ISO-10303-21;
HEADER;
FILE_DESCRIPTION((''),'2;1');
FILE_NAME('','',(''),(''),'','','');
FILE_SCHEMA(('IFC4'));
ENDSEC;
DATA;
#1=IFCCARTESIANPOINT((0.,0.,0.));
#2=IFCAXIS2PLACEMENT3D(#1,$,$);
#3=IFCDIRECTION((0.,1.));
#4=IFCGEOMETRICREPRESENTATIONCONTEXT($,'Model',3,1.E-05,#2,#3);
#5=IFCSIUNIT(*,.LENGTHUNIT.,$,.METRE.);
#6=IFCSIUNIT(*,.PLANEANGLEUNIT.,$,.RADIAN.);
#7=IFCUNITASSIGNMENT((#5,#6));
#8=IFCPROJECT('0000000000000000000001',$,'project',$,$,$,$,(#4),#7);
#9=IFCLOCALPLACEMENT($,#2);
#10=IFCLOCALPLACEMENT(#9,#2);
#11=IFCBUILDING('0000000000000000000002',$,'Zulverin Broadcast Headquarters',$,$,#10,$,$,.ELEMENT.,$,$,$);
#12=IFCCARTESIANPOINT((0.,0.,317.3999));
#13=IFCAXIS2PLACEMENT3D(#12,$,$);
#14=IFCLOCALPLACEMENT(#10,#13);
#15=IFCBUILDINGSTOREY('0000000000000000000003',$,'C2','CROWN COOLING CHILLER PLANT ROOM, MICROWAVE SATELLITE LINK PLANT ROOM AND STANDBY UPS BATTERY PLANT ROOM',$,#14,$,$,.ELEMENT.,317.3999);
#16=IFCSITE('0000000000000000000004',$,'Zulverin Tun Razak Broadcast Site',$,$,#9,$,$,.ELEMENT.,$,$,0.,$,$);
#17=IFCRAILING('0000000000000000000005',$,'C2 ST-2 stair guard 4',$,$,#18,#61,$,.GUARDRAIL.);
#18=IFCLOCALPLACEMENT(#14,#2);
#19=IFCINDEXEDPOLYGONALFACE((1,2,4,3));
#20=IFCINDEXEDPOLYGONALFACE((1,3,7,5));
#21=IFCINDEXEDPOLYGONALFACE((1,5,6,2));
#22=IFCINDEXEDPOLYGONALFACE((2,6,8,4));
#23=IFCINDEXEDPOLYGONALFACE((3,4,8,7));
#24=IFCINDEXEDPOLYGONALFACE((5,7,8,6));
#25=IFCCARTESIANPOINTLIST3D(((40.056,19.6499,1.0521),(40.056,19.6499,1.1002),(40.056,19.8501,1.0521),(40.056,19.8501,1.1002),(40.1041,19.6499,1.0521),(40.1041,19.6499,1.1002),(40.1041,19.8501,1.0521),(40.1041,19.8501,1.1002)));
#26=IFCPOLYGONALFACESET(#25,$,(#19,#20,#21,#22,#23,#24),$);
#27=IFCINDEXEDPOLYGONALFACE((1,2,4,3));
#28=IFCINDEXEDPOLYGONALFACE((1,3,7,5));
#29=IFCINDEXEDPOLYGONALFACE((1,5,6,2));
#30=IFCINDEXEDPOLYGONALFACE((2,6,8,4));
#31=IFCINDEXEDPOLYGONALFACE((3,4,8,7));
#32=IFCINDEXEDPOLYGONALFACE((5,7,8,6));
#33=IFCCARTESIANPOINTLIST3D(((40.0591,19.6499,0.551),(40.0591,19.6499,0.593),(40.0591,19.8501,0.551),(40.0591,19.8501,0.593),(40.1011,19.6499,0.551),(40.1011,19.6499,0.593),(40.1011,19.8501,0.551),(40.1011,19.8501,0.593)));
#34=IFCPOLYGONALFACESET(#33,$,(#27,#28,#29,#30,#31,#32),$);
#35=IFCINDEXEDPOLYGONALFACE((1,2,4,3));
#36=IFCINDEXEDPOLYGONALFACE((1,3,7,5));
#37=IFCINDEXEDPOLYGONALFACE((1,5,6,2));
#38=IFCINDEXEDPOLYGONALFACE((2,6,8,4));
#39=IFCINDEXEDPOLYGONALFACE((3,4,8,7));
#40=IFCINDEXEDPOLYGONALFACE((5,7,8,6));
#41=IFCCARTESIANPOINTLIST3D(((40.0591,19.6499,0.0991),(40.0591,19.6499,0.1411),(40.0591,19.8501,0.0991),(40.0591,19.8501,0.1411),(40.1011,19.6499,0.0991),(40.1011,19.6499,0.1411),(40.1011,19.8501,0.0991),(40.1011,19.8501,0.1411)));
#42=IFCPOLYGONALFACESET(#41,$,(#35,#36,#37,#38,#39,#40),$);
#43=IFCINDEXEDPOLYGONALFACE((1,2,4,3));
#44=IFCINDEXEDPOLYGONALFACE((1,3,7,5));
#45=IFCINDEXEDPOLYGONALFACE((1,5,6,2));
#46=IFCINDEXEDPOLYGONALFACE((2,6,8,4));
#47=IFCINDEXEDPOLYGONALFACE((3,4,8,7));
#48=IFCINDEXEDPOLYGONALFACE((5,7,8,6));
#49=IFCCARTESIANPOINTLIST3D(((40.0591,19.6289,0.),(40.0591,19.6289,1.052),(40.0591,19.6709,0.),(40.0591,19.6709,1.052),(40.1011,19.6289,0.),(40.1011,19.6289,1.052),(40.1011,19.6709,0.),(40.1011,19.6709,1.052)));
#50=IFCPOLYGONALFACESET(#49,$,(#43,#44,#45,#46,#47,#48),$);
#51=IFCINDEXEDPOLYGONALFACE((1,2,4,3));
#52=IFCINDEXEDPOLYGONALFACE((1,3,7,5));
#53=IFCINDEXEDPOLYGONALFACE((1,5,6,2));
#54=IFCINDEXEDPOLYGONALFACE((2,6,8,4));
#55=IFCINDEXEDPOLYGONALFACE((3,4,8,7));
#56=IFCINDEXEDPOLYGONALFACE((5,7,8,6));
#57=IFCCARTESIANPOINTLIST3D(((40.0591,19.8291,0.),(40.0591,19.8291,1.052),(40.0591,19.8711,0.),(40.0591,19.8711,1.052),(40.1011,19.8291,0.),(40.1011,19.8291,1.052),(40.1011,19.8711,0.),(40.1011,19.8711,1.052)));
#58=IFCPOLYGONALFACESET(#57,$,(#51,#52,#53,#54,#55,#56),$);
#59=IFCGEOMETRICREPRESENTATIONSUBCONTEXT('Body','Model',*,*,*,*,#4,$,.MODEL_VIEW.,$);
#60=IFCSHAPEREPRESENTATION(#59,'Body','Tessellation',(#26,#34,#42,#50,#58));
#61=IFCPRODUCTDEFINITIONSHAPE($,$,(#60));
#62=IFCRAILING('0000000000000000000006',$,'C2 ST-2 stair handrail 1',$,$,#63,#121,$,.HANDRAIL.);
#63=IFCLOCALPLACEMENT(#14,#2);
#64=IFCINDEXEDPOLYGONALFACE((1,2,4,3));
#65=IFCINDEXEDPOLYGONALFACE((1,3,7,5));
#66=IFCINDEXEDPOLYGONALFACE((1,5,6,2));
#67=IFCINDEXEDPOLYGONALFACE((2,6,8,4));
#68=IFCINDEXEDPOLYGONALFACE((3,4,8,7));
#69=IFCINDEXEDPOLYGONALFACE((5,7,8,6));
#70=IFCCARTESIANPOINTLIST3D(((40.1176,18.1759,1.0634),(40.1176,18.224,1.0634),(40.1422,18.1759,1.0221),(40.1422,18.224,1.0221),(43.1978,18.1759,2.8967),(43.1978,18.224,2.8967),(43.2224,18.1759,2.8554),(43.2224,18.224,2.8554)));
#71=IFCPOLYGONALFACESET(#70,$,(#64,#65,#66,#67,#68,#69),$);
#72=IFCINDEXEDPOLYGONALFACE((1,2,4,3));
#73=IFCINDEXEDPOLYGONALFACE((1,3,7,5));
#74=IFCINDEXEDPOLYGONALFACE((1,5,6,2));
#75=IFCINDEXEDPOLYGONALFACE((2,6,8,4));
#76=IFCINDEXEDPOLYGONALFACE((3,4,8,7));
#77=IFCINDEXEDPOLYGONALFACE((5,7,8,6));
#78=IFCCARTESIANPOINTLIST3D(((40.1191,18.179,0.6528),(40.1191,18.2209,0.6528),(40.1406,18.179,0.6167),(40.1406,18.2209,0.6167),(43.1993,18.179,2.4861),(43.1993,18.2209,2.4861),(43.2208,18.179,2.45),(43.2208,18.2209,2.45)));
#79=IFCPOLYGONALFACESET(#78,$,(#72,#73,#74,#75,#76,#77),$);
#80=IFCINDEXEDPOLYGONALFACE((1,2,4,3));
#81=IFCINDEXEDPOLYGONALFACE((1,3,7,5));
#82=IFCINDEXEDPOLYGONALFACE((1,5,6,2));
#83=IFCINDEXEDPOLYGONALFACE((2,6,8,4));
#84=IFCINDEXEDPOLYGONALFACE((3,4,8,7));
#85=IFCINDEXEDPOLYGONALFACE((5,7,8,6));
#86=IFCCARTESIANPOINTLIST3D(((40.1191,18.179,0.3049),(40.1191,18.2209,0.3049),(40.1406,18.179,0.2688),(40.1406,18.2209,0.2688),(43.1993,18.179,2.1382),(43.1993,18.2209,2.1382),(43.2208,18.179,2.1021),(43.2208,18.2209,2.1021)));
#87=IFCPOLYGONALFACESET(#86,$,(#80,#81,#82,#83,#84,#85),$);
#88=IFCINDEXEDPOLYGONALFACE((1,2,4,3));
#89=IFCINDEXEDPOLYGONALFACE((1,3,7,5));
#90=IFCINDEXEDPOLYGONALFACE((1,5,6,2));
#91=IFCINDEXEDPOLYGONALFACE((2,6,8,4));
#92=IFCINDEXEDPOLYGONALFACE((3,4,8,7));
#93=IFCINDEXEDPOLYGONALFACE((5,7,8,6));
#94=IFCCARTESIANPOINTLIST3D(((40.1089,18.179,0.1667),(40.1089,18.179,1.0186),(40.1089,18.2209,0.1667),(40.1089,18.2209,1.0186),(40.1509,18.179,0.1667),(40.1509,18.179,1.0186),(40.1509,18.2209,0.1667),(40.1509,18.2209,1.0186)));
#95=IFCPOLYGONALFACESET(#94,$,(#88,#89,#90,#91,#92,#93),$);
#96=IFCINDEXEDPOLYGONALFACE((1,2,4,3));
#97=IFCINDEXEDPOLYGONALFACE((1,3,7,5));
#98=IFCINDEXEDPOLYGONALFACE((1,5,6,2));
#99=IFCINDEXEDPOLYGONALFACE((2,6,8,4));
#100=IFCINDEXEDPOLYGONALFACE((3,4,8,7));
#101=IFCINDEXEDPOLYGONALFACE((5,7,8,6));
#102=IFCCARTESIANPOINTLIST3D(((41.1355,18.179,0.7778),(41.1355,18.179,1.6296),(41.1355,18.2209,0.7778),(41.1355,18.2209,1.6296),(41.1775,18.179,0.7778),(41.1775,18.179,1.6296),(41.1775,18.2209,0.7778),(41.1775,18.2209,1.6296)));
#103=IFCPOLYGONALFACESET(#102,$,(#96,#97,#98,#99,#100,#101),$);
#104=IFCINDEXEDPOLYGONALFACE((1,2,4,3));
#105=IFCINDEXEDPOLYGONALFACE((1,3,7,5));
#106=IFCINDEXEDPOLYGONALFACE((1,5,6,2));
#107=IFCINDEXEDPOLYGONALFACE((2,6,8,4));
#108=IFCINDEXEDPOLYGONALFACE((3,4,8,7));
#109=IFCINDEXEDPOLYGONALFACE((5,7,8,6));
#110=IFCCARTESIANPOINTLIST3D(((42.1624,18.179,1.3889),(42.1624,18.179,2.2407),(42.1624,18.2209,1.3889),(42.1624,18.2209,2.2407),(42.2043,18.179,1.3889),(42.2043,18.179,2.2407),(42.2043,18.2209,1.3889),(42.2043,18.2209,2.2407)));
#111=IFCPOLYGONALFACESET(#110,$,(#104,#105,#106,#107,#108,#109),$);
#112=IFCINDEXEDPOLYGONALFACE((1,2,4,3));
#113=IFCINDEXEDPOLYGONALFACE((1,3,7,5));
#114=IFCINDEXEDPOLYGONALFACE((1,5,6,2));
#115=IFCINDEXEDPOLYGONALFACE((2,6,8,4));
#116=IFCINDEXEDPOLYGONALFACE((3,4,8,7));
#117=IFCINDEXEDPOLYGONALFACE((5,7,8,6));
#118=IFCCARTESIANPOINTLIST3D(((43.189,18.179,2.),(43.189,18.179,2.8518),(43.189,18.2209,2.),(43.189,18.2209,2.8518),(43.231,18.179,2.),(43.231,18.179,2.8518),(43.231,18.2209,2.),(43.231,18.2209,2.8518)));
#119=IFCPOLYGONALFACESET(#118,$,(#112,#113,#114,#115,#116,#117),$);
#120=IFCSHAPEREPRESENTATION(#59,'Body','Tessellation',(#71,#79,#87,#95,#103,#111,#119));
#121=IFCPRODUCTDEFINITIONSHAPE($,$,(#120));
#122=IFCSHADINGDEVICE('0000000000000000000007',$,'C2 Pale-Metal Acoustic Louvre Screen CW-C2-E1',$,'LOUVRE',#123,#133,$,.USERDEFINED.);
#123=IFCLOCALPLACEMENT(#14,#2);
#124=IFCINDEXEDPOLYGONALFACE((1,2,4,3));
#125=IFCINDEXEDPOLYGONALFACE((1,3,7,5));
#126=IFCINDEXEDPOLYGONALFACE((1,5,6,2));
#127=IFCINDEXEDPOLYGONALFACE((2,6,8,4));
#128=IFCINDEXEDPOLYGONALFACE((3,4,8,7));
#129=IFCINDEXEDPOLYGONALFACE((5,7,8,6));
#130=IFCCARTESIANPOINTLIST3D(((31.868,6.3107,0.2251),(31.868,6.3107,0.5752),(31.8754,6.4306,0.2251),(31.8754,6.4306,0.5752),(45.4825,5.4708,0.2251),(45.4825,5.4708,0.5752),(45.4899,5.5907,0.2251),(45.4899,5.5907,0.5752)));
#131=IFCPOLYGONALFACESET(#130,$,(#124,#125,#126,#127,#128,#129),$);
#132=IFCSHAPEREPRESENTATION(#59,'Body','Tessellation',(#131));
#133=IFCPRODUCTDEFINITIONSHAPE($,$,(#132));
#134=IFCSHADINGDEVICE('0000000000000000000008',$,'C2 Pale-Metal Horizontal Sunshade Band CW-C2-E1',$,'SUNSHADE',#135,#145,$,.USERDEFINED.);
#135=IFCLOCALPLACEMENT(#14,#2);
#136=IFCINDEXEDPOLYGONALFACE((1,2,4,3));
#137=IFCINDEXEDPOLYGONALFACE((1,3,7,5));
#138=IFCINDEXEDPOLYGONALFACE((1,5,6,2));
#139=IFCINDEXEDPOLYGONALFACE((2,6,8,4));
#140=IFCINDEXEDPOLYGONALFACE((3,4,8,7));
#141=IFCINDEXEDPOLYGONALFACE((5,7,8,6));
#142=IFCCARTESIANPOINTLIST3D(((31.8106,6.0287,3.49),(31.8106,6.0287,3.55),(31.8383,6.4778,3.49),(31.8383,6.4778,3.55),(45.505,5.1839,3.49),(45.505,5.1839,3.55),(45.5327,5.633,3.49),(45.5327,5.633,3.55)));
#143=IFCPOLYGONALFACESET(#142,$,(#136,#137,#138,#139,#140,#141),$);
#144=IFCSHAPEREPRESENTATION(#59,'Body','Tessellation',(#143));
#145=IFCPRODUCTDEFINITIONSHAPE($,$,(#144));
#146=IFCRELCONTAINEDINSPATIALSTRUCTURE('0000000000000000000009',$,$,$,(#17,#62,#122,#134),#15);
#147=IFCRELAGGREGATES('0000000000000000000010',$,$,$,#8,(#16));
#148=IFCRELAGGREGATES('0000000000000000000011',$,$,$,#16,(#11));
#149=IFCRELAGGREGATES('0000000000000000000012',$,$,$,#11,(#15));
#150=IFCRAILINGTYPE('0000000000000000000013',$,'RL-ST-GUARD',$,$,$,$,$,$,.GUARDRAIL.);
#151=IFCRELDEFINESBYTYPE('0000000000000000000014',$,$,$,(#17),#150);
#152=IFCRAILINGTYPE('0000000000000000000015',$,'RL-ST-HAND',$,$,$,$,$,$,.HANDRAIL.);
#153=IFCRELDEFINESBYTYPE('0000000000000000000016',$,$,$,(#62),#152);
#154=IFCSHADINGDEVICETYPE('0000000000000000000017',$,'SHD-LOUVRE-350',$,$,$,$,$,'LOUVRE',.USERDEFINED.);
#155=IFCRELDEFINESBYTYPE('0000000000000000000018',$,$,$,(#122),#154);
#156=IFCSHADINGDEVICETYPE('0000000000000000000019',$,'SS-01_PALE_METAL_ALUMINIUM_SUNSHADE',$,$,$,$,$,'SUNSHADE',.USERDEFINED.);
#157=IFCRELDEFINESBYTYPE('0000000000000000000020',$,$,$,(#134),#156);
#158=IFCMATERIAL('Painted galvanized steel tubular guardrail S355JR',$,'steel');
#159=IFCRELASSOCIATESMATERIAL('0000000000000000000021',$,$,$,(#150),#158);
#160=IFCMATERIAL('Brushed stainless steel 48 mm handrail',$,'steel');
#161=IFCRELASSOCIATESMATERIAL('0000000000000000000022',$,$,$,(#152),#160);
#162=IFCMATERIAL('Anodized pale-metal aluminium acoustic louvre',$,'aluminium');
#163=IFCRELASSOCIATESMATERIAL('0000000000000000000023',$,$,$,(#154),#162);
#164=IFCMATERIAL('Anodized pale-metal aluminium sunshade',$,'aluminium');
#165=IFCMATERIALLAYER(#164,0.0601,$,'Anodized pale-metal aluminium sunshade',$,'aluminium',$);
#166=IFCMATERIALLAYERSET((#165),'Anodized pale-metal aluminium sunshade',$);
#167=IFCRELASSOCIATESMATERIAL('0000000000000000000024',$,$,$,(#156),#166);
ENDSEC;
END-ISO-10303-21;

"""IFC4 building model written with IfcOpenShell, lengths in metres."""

from ifc_helpers import new_model, si_unit, direction, frame, origin, origin_2d, place, context, subcontext, project, spatial, rectangle, extrude, material, layer, layer_set, type_object, element, save


model = new_model("IFC4")

# Units and contexts
model_context = context("Model", 3, precision=1e-05, world=origin(), true_north=direction((0.0, 1.0)))
body_context = subcontext(model_context, "Body", "Model", "MODEL_VIEW")
ifc_project = project(units=[si_unit("LENGTHUNIT", "METRE"), si_unit("PLANEANGLEUNIT", "RADIAN")], contexts=[model_context])

# Site, building, storey
site_placement = place(None, origin())
site = spatial("IfcSite", under=ifc_project, at=site_placement, Name="Zulverin Tun Razak Broadcast Site", CompositionType="ELEMENT", RefElevation=0.0)
building_placement = place(site_placement, origin())
building = spatial("IfcBuilding", under=site, at=building_placement, Name="Zulverin Broadcast Headquarters", CompositionType="ELEMENT")
storey_placement = place(building_placement, frame((0.0, 0.0, 317.3999)))
storey = spatial("IfcBuildingStorey", under=building, at=storey_placement, Name="C2", Description="CROWN COOLING CHILLER PLANT ROOM, MICROWAVE SATELLITE LINK PLANT ROOM AND STANDBY UPS BATTERY PLANT ROOM", CompositionType="ELEMENT", Elevation=317.3999)

# Railings
ifc_material_1 = material(Name="Painted galvanized steel tubular guardrail S355JR", Category="steel")
railing_type_1 = type_object("IfcRailingType", Name="RL-ST-GUARD", PredefinedType="GUARDRAIL", material=ifc_material_1)
railing_1_placement = place(storey_placement, frame((40.0801, 19.6499, 0.0)))
element("IfcRailing", 1, at=railing_1_placement, inside=storey, type_object=railing_type_1, Name="C2 ST-2 stair guard 4", PredefinedType="GUARDRAIL", context=body_context, shape_type="SweptSolid", body=[
    extrude(rectangle(XDim=0.0481, YDim=0.0481, at=origin_2d()), frame((0.0, 0.0, 1.0762), z_axis=(0.0, 1.0, 0.0), x_axis=(-1.0, 0.0, 0.0)), (0.0, 0.0, 1.0), 0.2002),
    extrude(rectangle(XDim=0.042, YDim=0.042, at=origin_2d()), frame((0.0, 0.0, 0.572), z_axis=(0.0, 1.0, 0.0), x_axis=(-1.0, 0.0, 0.0)), (0.0, 0.0, 1.0), 0.2002),
    extrude(rectangle(XDim=0.042, YDim=0.042, at=origin_2d()), frame((0.0, 0.0, 0.1201), z_axis=(0.0, 1.0, 0.0), x_axis=(-1.0, 0.0, 0.0)), (0.0, 0.0, 1.0), 0.2002),
    extrude(rectangle(XDim=0.042, YDim=0.042, at=origin_2d()), origin(), (0.0, 0.0, 1.0), 1.052),
    extrude(rectangle(XDim=0.042, YDim=0.042, at=origin_2d()), frame((0.0, 0.2002, 0.0)), (0.0, 0.0, 1.0), 1.052),
])
ifc_material_2 = material(Name="Brushed stainless steel 48 mm handrail", Category="steel")
railing_type_2 = type_object("IfcRailingType", Name="RL-ST-HAND", PredefinedType="HANDRAIL", material=ifc_material_2)
railing_2_placement = place(storey_placement, frame((40.1299, 18.2, 0.1667)))
element("IfcRailing", 2, at=railing_2_placement, inside=storey, type_object=railing_type_2, Name="C2 ST-2 stair handrail 1", PredefinedType="HANDRAIL", context=body_context, shape_type="SweptSolid", body=[
    extrude(rectangle(XDim=0.0481, YDim=0.0481, at=origin_2d()), frame((0.0, 0.0, 0.876), z_axis=(0.859309, 0.0, 0.511458), x_axis=(0.0, 1.0, 0.0)), (0.0, 0.0, 1.0), 3.5845),
    extrude(rectangle(XDim=0.042, YDim=0.042, at=origin_2d()), frame((0.0, 0.0, 0.468), z_axis=(0.859309, 0.0, 0.511458), x_axis=(0.0, 1.0, 0.0)), (0.0, 0.0, 1.0), 3.5845),
    extrude(rectangle(XDim=0.042, YDim=0.042, at=origin_2d()), frame((0.0, 0.0, 0.1201), z_axis=(0.859309, 0.0, 0.511458), x_axis=(0.0, 1.0, 0.0)), (0.0, 0.0, 1.0), 3.5845),
    extrude(rectangle(XDim=0.042, YDim=0.042, at=origin_2d()), origin(), (0.0, 0.0, 1.0), 0.8518),
    extrude(rectangle(XDim=0.042, YDim=0.042, at=origin_2d()), frame((1.0266, 0.0, 0.6111)), (0.0, 0.0, 1.0), 0.8518),
    extrude(rectangle(XDim=0.042, YDim=0.042, at=origin_2d()), frame((2.0535, 0.0, 1.2222)), (0.0, 0.0, 1.0), 0.8518),
    extrude(rectangle(XDim=0.042, YDim=0.042, at=origin_2d()), frame((3.0801, 0.0, 1.8333)), (0.0, 0.0, 1.0), 0.8518),
])

# Shading devices
ifc_material_3 = material(Name="Anodized pale-metal aluminium acoustic louvre", Category="aluminium")
shading_device_type_1 = type_object("IfcShadingDeviceType", Name="SHD-LOUVRE-350", ElementType="LOUVRE", PredefinedType="USERDEFINED", material=ifc_material_3)
shading_device_1_placement = place(storey_placement, frame((38.679, 5.9507, 0.2251), z_axis=(0.0, 0.0, 1.0), x_axis=(0.998103, -0.061571, 0.0)))
element("IfcShadingDevice", 3, at=shading_device_1_placement, inside=storey, type_object=shading_device_type_1, Name="C2 Pale-Metal Acoustic Louvre Screen CW-C2-E1", ObjectType="LOUVRE", PredefinedType="USERDEFINED", context=body_context, shape_type="SweptSolid", body=[
    extrude(rectangle(XDim=13.6404, YDim=0.1201, at=origin_2d()), origin(), (0.0, 0.0, 1.0), 0.3501),
])
ifc_material_4 = material(Name="Anodized pale-metal aluminium sunshade", Category="aluminium")
ifc_layer_1 = layer(ifc_material_4, 0.0601, Name="Anodized pale-metal aluminium sunshade", Category="aluminium")
ifc_layer_set_1 = layer_set([ifc_layer_1], Name="Anodized pale-metal aluminium sunshade")
shading_device_type_2 = type_object("IfcShadingDeviceType", Name="SS-01_PALE_METAL_ALUMINIUM_SUNSHADE", ElementType="SUNSHADE", PredefinedType="USERDEFINED", material=ifc_layer_set_1)
shading_device_2_placement = place(storey_placement, frame((38.6716, 5.8308, 3.49), z_axis=(0.0, 0.0, 1.0), x_axis=(0.998103, -0.061571, 0.0)))
element("IfcShadingDevice", 4, at=shading_device_2_placement, inside=storey, type_object=shading_device_type_2, Name="C2 Pale-Metal Horizontal Sunshade Band CW-C2-E1", ObjectType="SUNSHADE", PredefinedType="USERDEFINED", context=body_context, shape_type="SweptSolid", body=[
    extrude(rectangle(XDim=13.7205, YDim=0.45, at=origin_2d()), origin(), (0.0, 0.0, 1.0), 0.0601),
])

save(model, "model.ifc")
